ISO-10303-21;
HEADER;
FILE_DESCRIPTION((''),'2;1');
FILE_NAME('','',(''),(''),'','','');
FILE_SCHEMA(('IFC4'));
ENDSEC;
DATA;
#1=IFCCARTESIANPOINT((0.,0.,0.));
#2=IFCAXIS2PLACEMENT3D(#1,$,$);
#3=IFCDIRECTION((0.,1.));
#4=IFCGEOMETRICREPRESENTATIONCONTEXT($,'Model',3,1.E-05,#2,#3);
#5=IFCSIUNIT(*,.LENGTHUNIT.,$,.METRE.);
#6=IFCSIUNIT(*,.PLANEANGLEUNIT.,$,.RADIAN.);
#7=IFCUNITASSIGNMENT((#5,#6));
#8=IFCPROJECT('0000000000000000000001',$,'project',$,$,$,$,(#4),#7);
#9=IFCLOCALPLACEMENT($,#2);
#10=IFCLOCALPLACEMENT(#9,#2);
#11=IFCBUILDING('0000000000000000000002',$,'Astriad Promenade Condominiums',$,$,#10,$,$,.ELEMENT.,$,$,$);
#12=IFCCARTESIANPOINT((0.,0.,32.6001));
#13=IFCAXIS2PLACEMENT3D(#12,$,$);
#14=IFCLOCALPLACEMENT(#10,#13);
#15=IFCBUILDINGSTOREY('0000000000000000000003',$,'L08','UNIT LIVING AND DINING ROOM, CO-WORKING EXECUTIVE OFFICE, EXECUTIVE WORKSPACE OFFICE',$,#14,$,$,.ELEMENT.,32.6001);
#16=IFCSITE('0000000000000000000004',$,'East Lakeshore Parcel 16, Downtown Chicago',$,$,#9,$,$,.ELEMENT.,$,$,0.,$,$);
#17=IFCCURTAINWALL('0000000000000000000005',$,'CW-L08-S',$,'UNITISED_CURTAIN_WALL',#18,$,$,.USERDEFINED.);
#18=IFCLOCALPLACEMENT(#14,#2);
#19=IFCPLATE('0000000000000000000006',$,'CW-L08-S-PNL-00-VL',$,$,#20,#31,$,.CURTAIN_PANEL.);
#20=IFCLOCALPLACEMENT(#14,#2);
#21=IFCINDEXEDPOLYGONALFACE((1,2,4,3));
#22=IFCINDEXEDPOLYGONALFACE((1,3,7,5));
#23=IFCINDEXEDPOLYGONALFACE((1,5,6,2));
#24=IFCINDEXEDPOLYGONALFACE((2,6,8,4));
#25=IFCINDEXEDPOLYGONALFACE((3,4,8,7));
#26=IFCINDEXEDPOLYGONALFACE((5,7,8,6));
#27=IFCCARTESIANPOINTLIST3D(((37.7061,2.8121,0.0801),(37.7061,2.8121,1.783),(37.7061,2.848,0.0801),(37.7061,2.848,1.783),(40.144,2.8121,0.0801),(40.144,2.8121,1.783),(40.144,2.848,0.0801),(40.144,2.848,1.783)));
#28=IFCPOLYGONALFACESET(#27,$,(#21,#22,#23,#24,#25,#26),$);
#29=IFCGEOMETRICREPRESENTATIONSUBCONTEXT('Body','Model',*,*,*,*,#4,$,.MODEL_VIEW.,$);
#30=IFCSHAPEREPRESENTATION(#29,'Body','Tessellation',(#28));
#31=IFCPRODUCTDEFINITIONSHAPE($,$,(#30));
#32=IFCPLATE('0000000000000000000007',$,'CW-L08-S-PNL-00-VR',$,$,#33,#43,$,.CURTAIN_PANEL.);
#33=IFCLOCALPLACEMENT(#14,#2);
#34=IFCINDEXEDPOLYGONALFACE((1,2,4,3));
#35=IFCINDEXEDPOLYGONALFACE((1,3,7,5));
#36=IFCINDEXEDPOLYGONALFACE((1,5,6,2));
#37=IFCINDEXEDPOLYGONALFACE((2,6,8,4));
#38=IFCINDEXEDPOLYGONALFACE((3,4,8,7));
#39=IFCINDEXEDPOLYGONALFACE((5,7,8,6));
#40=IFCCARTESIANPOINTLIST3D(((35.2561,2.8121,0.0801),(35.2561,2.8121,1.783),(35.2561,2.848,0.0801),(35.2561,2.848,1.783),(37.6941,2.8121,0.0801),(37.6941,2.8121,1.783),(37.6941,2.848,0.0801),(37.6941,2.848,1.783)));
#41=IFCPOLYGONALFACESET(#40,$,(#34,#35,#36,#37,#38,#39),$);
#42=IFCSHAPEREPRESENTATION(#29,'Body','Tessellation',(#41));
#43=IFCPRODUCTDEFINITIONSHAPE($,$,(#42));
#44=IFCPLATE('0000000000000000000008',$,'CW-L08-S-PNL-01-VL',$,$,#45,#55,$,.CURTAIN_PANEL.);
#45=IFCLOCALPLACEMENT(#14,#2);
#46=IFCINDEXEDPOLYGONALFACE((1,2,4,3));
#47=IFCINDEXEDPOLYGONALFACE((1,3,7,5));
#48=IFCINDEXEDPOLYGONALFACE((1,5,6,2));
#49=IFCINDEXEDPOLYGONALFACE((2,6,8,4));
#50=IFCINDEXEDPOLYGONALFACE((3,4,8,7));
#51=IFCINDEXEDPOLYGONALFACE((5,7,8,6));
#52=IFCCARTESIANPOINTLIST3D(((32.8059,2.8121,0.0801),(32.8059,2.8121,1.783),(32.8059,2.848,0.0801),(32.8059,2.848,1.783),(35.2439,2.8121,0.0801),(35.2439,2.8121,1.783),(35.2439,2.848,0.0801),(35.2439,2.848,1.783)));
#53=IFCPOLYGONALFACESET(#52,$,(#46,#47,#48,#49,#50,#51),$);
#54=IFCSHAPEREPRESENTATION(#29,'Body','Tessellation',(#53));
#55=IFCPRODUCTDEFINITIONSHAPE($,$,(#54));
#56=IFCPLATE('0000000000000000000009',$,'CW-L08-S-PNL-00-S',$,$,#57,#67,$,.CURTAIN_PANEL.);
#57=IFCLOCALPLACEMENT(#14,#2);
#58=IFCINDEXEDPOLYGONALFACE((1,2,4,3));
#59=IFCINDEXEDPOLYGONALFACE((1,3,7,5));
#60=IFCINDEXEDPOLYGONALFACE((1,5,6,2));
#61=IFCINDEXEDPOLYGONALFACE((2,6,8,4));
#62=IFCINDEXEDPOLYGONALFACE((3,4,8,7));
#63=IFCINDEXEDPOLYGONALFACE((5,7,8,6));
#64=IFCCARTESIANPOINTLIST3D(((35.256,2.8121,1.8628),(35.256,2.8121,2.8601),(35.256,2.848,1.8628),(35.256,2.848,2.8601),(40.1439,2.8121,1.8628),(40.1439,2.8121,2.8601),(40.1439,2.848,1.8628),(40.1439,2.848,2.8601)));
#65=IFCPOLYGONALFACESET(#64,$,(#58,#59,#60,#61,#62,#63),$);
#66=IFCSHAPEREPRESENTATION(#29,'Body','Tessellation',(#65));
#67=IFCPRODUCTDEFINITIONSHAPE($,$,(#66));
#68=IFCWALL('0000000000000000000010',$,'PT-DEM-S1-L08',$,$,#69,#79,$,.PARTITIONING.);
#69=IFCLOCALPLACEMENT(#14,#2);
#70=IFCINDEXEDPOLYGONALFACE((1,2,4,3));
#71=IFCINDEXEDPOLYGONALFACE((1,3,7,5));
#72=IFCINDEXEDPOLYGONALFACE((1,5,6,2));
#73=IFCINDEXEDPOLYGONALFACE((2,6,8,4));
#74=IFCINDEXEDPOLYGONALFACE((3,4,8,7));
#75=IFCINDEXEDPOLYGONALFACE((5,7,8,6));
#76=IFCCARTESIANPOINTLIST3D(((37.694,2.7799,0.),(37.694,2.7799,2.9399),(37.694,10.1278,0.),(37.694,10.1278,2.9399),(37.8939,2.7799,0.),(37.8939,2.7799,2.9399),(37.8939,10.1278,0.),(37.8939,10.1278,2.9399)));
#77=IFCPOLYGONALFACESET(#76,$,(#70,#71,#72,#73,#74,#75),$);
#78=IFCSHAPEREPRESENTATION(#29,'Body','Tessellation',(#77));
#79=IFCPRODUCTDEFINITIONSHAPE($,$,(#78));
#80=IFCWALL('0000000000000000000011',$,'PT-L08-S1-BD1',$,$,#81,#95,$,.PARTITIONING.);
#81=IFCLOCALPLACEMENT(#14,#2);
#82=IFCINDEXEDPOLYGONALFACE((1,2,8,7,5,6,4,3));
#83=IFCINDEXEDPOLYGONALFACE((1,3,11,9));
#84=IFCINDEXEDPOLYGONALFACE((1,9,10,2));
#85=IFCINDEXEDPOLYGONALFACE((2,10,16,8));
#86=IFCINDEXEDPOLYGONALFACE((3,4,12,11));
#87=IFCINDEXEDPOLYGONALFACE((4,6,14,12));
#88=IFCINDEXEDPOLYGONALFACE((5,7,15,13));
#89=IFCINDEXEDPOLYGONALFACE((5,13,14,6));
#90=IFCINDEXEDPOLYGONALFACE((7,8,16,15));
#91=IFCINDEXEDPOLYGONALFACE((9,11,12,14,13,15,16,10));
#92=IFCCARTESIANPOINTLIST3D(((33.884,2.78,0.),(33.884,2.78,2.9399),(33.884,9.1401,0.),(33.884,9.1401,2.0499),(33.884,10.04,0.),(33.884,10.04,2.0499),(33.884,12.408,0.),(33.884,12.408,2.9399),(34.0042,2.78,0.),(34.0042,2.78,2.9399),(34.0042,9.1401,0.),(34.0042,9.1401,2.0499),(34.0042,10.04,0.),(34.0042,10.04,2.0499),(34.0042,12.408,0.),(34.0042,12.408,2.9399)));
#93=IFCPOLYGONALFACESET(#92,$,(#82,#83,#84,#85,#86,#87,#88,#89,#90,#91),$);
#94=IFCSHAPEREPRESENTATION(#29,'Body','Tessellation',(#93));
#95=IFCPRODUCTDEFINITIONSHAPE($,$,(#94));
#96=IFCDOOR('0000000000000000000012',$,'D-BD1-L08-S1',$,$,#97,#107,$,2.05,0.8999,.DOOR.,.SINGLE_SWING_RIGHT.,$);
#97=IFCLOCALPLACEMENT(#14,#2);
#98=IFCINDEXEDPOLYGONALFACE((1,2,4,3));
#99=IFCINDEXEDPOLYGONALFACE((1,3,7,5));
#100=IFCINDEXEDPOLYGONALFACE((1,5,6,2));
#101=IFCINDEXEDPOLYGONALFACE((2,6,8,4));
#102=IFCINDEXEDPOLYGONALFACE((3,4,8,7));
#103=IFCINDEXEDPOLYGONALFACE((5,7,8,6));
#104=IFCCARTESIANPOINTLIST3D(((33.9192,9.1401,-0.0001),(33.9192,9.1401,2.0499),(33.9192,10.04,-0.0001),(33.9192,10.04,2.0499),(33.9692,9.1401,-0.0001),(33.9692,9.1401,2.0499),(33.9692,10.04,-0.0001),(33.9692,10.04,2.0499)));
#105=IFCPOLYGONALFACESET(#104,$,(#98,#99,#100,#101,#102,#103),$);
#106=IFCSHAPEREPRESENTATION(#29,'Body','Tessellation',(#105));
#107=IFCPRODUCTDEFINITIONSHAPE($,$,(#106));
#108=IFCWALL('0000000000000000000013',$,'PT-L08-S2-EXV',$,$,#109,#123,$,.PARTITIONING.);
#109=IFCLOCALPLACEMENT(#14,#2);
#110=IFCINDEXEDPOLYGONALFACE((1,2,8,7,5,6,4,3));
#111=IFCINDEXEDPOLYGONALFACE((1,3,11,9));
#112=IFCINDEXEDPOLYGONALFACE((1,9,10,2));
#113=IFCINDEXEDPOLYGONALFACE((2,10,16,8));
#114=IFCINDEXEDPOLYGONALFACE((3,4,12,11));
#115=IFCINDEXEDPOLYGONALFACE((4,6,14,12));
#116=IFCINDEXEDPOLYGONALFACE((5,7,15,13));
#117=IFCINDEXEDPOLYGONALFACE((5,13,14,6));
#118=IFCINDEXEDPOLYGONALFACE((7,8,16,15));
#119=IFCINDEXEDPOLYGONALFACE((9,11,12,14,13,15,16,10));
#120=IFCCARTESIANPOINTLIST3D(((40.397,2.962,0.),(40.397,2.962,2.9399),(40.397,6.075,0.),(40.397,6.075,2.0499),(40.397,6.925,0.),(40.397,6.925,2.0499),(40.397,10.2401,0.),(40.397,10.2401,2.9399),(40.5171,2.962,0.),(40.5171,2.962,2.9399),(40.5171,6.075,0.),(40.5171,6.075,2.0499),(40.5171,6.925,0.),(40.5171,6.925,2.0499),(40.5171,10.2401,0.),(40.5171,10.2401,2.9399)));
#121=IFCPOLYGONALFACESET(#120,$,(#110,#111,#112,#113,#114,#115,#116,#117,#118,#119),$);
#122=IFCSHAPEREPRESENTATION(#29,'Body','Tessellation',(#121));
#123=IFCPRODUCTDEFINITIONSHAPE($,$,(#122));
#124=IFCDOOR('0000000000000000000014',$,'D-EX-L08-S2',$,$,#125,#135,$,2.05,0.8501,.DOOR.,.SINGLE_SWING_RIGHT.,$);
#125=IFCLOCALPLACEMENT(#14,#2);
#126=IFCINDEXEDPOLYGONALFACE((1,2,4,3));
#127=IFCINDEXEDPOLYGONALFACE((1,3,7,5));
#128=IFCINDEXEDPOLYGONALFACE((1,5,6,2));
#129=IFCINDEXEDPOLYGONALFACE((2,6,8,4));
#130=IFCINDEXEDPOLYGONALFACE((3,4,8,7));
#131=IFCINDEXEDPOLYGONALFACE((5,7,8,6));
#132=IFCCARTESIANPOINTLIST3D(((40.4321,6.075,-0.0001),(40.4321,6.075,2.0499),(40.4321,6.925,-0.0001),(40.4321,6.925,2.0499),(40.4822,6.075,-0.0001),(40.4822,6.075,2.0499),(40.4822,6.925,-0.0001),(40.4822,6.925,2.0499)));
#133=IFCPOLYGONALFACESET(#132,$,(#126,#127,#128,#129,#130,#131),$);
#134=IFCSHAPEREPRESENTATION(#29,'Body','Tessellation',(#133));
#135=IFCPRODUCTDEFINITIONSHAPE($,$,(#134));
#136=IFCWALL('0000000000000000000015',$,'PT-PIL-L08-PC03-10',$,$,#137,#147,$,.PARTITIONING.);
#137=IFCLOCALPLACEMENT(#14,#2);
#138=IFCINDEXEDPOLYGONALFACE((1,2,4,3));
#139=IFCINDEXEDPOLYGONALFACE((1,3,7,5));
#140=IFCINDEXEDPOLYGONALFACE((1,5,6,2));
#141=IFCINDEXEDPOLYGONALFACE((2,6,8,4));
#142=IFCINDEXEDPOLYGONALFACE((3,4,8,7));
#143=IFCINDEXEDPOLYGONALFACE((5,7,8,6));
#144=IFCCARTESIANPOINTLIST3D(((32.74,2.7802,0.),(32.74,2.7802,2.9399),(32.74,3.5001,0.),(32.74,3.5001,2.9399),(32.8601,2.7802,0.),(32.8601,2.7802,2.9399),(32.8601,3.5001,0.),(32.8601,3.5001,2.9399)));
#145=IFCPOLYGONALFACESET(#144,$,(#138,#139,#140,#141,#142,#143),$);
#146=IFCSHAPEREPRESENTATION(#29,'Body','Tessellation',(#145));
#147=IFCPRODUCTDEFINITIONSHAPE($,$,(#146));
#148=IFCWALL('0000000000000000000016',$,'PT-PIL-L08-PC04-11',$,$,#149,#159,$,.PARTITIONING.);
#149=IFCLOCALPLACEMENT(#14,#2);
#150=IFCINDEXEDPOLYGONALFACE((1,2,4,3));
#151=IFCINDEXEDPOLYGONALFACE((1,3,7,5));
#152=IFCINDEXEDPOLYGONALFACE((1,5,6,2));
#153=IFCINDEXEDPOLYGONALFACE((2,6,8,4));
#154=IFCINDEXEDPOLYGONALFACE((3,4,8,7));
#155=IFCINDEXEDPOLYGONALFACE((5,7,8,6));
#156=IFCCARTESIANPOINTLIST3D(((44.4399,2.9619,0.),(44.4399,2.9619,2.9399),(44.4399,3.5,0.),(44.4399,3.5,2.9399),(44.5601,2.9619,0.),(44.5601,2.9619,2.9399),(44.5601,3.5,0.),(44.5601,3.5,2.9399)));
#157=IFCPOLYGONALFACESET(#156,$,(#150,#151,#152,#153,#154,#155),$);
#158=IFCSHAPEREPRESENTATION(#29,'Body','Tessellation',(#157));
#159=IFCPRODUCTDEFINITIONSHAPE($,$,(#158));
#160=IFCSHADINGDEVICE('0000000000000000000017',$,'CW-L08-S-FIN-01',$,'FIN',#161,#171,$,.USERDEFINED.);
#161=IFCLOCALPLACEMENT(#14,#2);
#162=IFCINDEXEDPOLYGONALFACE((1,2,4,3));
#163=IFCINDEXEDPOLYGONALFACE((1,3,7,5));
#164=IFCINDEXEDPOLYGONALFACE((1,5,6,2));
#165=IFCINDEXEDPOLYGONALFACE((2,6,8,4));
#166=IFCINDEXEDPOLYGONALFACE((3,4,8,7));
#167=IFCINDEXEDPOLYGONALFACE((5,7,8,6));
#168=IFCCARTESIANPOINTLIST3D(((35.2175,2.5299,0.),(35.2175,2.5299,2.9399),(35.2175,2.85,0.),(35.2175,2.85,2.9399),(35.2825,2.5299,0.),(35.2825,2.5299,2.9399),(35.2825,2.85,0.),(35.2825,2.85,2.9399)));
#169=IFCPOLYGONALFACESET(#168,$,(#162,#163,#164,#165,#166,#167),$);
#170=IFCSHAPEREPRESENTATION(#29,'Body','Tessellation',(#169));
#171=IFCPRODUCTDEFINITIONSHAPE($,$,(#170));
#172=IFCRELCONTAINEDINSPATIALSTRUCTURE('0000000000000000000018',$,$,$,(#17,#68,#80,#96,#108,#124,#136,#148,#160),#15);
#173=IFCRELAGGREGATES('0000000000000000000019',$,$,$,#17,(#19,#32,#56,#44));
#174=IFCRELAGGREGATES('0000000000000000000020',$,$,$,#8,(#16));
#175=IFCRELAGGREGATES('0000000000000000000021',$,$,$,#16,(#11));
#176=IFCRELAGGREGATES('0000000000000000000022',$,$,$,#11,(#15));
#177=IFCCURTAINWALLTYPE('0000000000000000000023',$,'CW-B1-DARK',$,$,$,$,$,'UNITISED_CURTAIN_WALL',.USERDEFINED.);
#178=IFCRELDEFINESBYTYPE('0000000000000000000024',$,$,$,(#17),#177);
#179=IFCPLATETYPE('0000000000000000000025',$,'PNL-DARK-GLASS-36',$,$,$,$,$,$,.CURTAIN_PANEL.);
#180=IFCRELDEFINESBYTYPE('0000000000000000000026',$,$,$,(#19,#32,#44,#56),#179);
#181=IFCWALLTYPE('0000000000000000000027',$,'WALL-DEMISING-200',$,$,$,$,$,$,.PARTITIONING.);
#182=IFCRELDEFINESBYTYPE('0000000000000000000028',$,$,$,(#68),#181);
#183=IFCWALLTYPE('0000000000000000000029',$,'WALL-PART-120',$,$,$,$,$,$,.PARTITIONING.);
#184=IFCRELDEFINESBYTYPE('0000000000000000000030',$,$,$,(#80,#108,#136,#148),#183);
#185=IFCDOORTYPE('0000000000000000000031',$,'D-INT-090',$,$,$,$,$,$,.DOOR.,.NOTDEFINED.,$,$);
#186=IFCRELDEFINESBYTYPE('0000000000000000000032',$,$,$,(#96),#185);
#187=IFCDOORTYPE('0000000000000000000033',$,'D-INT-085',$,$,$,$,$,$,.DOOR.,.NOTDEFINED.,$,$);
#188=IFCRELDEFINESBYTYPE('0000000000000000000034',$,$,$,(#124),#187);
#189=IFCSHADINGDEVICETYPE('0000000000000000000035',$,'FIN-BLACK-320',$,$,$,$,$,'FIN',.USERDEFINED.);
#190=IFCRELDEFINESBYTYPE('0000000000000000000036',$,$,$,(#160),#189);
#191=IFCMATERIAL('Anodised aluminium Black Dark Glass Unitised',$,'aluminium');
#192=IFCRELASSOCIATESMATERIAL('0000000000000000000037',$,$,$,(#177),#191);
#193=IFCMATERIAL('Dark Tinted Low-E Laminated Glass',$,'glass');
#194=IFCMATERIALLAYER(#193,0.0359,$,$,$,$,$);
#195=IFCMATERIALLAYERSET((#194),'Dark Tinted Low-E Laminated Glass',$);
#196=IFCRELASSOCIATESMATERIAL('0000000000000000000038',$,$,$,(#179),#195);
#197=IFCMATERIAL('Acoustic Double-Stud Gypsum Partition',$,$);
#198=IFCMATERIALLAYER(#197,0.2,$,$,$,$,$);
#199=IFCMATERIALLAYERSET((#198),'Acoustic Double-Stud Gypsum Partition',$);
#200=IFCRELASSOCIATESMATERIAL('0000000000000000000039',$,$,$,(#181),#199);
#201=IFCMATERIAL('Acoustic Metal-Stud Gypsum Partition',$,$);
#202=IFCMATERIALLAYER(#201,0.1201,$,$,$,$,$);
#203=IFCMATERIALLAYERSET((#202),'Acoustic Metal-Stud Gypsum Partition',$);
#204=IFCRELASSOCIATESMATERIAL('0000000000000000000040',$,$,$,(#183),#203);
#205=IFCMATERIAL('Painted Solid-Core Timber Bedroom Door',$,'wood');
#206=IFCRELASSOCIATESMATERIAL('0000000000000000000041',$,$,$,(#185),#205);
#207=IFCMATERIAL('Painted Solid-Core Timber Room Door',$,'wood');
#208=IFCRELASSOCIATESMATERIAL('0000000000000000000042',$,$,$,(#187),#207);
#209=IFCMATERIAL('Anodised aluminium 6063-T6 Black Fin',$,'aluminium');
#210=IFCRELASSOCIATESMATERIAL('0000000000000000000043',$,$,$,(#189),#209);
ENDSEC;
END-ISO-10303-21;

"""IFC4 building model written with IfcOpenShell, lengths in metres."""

from ifc_helpers import new_model, si_unit, direction, frame, frame_2d, origin, origin_2d, place, context, subcontext, project, spatial, rectangle, extrude, source, transform, mapped, material, layer, layer_set, type_object, type_shapes, element, fill, aggregate, save


model = new_model("IFC4")

# Units and contexts
model_context = context("Model", 3, precision=1e-05, world=origin(), true_north=direction((0.0, 1.0)))
body_context = subcontext(model_context, "Body", "Model", "MODEL_VIEW")
ifc_project = project(units=[si_unit("LENGTHUNIT", "METRE"), si_unit("PLANEANGLEUNIT", "RADIAN")], contexts=[model_context])

# Site, building, storey
site_placement = place(None, origin())
site = spatial("IfcSite", under=ifc_project, at=site_placement, Name="East Lakeshore Parcel 16, Downtown Chicago", CompositionType="ELEMENT", RefElevation=0.0)
building_placement = place(site_placement, origin())
building = spatial("IfcBuilding", under=site, at=building_placement, Name="Astriad Promenade Condominiums", CompositionType="ELEMENT")
storey_placement = place(building_placement, frame((0.0, 0.0, 32.6001)))
storey = spatial("IfcBuildingStorey", under=building, at=storey_placement, Name="L08", Description="UNIT LIVING AND DINING ROOM, CO-WORKING EXECUTIVE OFFICE, EXECUTIVE WORKSPACE OFFICE", CompositionType="ELEMENT", Elevation=32.6001)

# Curtain wall, plates
ifc_material_1 = material(Name="Anodised aluminium Black Dark Glass Unitised", Category="aluminium")
curtain_wall_type = type_object("IfcCurtainWallType", Name="CW-B1-DARK", ElementType="UNITISED_CURTAIN_WALL", PredefinedType="USERDEFINED", material=ifc_material_1)
curtain_wall_placement = place(storey_placement, origin())
curtain_wall = element("IfcCurtainWall", 1, at=curtain_wall_placement, inside=storey, type_object=curtain_wall_type, Name="CW-L08-S", ObjectType="UNITISED_CURTAIN_WALL", PredefinedType="USERDEFINED")
ifc_material_2 = material(Name="Dark Tinted Low-E Laminated Glass", Category="glass")
ifc_layer_1 = layer(ifc_material_2, 0.0359)
ifc_layer_set_1 = layer_set([ifc_layer_1], Name="Dark Tinted Low-E Laminated Glass")
plate_type = type_object("IfcPlateType", Name="PNL-DARK-GLASS-36", PredefinedType="CURTAIN_PANEL", material=ifc_layer_set_1)
shared_shape_1 = source(origin(), body_context, "Body", "SweptSolid", [
    extrude(rectangle(XDim=2.438, YDim=0.0359, at=origin_2d()), origin(), (0.0, 0.0, 1.0), 1.7029),
])
plate_1_placement = place(storey_placement, frame((38.925, 2.8301, 0.0801), z_axis=(0.0, 0.0, 1.0), x_axis=(-1.0, 0.0, 0.0)))
plate_1 = element("IfcPlate", 2, at=plate_1_placement, type_object=plate_type, Name="CW-L08-S-PNL-00-VL", PredefinedType="CURTAIN_PANEL", context=body_context, shape_type="MappedRepresentation", body=[
    mapped(shared_shape_1, transform((0.0, 0.0, 0.0), scale=1.0)),
])
plate_2_placement = place(storey_placement, frame((36.4751, 2.8301, 0.0801), z_axis=(0.0, 0.0, 1.0), x_axis=(-1.0, 0.0, 0.0)))
plate_2 = element("IfcPlate", 3, at=plate_2_placement, type_object=plate_type, Name="CW-L08-S-PNL-00-VR", PredefinedType="CURTAIN_PANEL", context=body_context, shape_type="MappedRepresentation", body=[
    mapped(shared_shape_1, transform((0.0, 0.0, 0.0), scale=1.0)),
])
plate_3_placement = place(storey_placement, frame((34.0249, 2.8301, 0.0801), z_axis=(0.0, 0.0, 1.0), x_axis=(-1.0, 0.0, 0.0)))
plate_3 = element("IfcPlate", 4, at=plate_3_placement, type_object=plate_type, Name="CW-L08-S-PNL-01-VL", PredefinedType="CURTAIN_PANEL", context=body_context, shape_type="MappedRepresentation", body=[
    mapped(shared_shape_1, transform((0.0, 0.0, 0.0), scale=1.0)),
])
shared_shape_2 = source(origin(), body_context, "Body", "SweptSolid", [
    extrude(rectangle(XDim=4.8879, YDim=0.0359, at=origin_2d()), origin(), (0.0, 0.0, 1.0), 0.9973),
])
type_shapes(plate_type, [shared_shape_1, shared_shape_2])
plate_4_placement = place(storey_placement, frame((37.7, 2.8301, 1.8628), z_axis=(0.0, 0.0, 1.0), x_axis=(-1.0, 0.0, 0.0)))
plate_4 = element("IfcPlate", 5, at=plate_4_placement, type_object=plate_type, Name="CW-L08-S-PNL-00-S", PredefinedType="CURTAIN_PANEL", context=body_context, shape_type="MappedRepresentation", body=[
    mapped(shared_shape_2, transform((0.0, 0.0, 0.0), scale=1.0)),
])
aggregate(curtain_wall, [plate_1, plate_2, plate_4, plate_3])

# Wall
ifc_material_3 = material(Name="Acoustic Double-Stud Gypsum Partition")
ifc_layer_2 = layer(ifc_material_3, 0.2)
ifc_layer_set_2 = layer_set([ifc_layer_2], Name="Acoustic Double-Stud Gypsum Partition")
wall_type_1 = type_object("IfcWallType", Name="WALL-DEMISING-200", PredefinedType="PARTITIONING", material=ifc_layer_set_2)
wall_1_placement = place(storey_placement, frame((37.7939, 2.78, 0.0), z_axis=(0.0, 0.0, 1.0), x_axis=(0.0, 1.0, 0.0)))
element("IfcWall", 6, at=wall_1_placement, inside=storey, type_object=wall_type_1, Name="PT-DEM-S1-L08", PredefinedType="PARTITIONING", context=body_context, shape_type="SweptSolid", body=[
    extrude(rectangle(XDim=7.3479, YDim=0.2, at=frame_2d((3.6738, 0.0))), origin(), (0.0, 0.0, 1.0), 2.9399),
])

# Walls, openings, doors
ifc_material_4 = material(Name="Acoustic Metal-Stud Gypsum Partition")
ifc_layer_3 = layer(ifc_material_4, 0.1201)
ifc_layer_set_3 = layer_set([ifc_layer_3], Name="Acoustic Metal-Stud Gypsum Partition")
wall_type_2 = type_object("IfcWallType", Name="WALL-PART-120", PredefinedType="PARTITIONING", material=ifc_layer_set_3)
wall_2_placement = place(storey_placement, frame((33.9441, 2.78, 0.0), z_axis=(0.0, 0.0, 1.0), x_axis=(0.0, 1.0, 0.0)))
wall_2 = element("IfcWall", 7, at=wall_2_placement, inside=storey, type_object=wall_type_2, Name="PT-L08-S1-BD1", PredefinedType="PARTITIONING", context=body_context, shape_type="SweptSolid", body=[
    extrude(rectangle(XDim=9.6279, YDim=0.1201, at=frame_2d((4.814, 0.0))), origin(), (0.0, 0.0, 1.0), 2.9399),
])
opening_1_placement = place(wall_2_placement, frame((6.3601, 0.0, 0.0)))
opening_1 = element("IfcOpeningElement", 8, at=opening_1_placement, cuts=wall_2, PredefinedType="OPENING", context=body_context, shape_type="SweptSolid", body=[
    extrude(rectangle(XDim=0.8999, YDim=2.05, at=frame_2d((0.45, 1.0249))), frame((0.0, 0.0701, 0.0), z_axis=(0.0, -1.0, 0.0), x_axis=(1.0, 0.0, 0.0)), (0.0, 0.0, 1.0), 0.1401),
])
ifc_material_5 = material(Name="Painted Solid-Core Timber Bedroom Door", Category="wood")
door_type_1 = type_object("IfcDoorType", Name="D-INT-090", OperationType="NOTDEFINED", PredefinedType="DOOR", material=ifc_material_5)
shared_shape_3 = source(origin(), body_context, "Body", "SweptSolid", [
    extrude(rectangle(XDim=0.8999, YDim=2.05, at=frame_2d((0.45, 1.0249))), frame((0.0, 0.0249, 0.0), z_axis=(0.0, -1.0, 0.0), x_axis=(1.0, 0.0, 0.0)), (0.0, 0.0, 1.0), 0.05),
])
type_shapes(door_type_1, [shared_shape_3])
door_1_placement = place(opening_1_placement, origin())
door_1 = element("IfcDoor", 9, at=door_1_placement, inside=storey, type_object=door_type_1, Name="D-BD1-L08-S1", OperationType="SINGLE_SWING_RIGHT", OverallHeight=2.05, OverallWidth=0.8999, PredefinedType="DOOR", context=body_context, shape_type="MappedRepresentation", body=[
    mapped(shared_shape_3, transform((0.0, 0.0, 0.0), scale=1.0)),
])
fill(opening_1, door_1)
wall_3_placement = place(storey_placement, frame((40.457, 2.9619, 0.0), z_axis=(0.0, 0.0, 1.0), x_axis=(0.0, 1.0, 0.0)))
wall_3 = element("IfcWall", 10, at=wall_3_placement, inside=storey, type_object=wall_type_2, Name="PT-L08-S2-EXV", PredefinedType="PARTITIONING", context=body_context, shape_type="SweptSolid", body=[
    extrude(rectangle(XDim=7.2781, YDim=0.1201, at=frame_2d((3.6392, 0.0))), origin(), (0.0, 0.0, 1.0), 2.9399),
])
opening_2_placement = place(wall_3_placement, frame((3.113, 0.0, 0.0)))
opening_2 = element("IfcOpeningElement", 11, at=opening_2_placement, cuts=wall_3, PredefinedType="OPENING", context=body_context, shape_type="SweptSolid", body=[
    extrude(rectangle(XDim=0.8501, YDim=2.05, at=frame_2d((0.425, 1.0249))), frame((0.0, 0.0701, 0.0), z_axis=(0.0, -1.0, 0.0), x_axis=(1.0, 0.0, 0.0)), (0.0, 0.0, 1.0), 0.1401),
])
ifc_material_6 = material(Name="Painted Solid-Core Timber Room Door", Category="wood")
door_type_2 = type_object("IfcDoorType", Name="D-INT-085", OperationType="NOTDEFINED", PredefinedType="DOOR", material=ifc_material_6)
shared_shape_4 = source(origin(), body_context, "Body", "SweptSolid", [
    extrude(rectangle(XDim=0.8501, YDim=2.05, at=frame_2d((0.425, 1.0249))), frame((0.0, 0.0249, 0.0), z_axis=(0.0, -1.0, 0.0), x_axis=(1.0, 0.0, 0.0)), (0.0, 0.0, 1.0), 0.05),
])
type_shapes(door_type_2, [shared_shape_4])
door_2_placement = place(opening_2_placement, origin())
door_2 = element("IfcDoor", 12, at=door_2_placement, inside=storey, type_object=door_type_2, Name="D-EX-L08-S2", OperationType="SINGLE_SWING_RIGHT", OverallHeight=2.05, OverallWidth=0.8501, PredefinedType="DOOR", context=body_context, shape_type="MappedRepresentation", body=[
    mapped(shared_shape_4, transform((0.0, 0.0, 0.0), scale=1.0)),
])
fill(opening_2, door_2)

# Walls
wall_4_placement = place(storey_placement, frame((32.8, 3.5, 0.0), z_axis=(0.0, 0.0, 1.0), x_axis=(0.0, -1.0, 0.0)))
element("IfcWall", 13, at=wall_4_placement, inside=storey, type_object=wall_type_2, Name="PT-PIL-L08-PC03-10", PredefinedType="PARTITIONING", context=body_context, shape_type="SweptSolid", body=[
    extrude(rectangle(XDim=0.72, YDim=0.1201, at=frame_2d((0.3599, 0.0))), origin(), (0.0, 0.0, 1.0), 2.9399),
])
wall_5_placement = place(storey_placement, frame((44.5, 3.5, 0.0), z_axis=(0.0, 0.0, 1.0), x_axis=(0.0, -1.0, 0.0)))
element("IfcWall", 14, at=wall_5_placement, inside=storey, type_object=wall_type_2, Name="PT-PIL-L08-PC04-11", PredefinedType="PARTITIONING", context=body_context, shape_type="SweptSolid", body=[
    extrude(rectangle(XDim=0.5381, YDim=0.1201, at=frame_2d((0.269, 0.0))), origin(), (0.0, 0.0, 1.0), 2.9399),
])

# Shading device
ifc_material_7 = material(Name="Anodised aluminium 6063-T6 Black Fin", Category="aluminium")
shading_device_type = type_object("IfcShadingDeviceType", Name="FIN-BLACK-320", ElementType="FIN", PredefinedType="USERDEFINED", material=ifc_material_7)
shared_shape_5 = source(origin(), body_context, "Body", "SweptSolid", [
    extrude(rectangle(XDim=0.0649, YDim=0.3201, at=origin_2d()), origin(), (0.0, 0.0, 1.0), 2.9399),
])
type_shapes(shading_device_type, [shared_shape_5])
shading_device_placement = place(storey_placement, frame((35.25, 2.6899, 0.0), z_axis=(0.0, 0.0, 1.0), x_axis=(-1.0, 0.0, 0.0)))
element("IfcShadingDevice", 15, at=shading_device_placement, inside=storey, type_object=shading_device_type, Name="CW-L08-S-FIN-01", ObjectType="FIN", PredefinedType="USERDEFINED", context=body_context, shape_type="MappedRepresentation", body=[
    mapped(shared_shape_5, transform((0.0, 0.0, 0.0), scale=1.0)),
])

save(model, "model.ifc")
